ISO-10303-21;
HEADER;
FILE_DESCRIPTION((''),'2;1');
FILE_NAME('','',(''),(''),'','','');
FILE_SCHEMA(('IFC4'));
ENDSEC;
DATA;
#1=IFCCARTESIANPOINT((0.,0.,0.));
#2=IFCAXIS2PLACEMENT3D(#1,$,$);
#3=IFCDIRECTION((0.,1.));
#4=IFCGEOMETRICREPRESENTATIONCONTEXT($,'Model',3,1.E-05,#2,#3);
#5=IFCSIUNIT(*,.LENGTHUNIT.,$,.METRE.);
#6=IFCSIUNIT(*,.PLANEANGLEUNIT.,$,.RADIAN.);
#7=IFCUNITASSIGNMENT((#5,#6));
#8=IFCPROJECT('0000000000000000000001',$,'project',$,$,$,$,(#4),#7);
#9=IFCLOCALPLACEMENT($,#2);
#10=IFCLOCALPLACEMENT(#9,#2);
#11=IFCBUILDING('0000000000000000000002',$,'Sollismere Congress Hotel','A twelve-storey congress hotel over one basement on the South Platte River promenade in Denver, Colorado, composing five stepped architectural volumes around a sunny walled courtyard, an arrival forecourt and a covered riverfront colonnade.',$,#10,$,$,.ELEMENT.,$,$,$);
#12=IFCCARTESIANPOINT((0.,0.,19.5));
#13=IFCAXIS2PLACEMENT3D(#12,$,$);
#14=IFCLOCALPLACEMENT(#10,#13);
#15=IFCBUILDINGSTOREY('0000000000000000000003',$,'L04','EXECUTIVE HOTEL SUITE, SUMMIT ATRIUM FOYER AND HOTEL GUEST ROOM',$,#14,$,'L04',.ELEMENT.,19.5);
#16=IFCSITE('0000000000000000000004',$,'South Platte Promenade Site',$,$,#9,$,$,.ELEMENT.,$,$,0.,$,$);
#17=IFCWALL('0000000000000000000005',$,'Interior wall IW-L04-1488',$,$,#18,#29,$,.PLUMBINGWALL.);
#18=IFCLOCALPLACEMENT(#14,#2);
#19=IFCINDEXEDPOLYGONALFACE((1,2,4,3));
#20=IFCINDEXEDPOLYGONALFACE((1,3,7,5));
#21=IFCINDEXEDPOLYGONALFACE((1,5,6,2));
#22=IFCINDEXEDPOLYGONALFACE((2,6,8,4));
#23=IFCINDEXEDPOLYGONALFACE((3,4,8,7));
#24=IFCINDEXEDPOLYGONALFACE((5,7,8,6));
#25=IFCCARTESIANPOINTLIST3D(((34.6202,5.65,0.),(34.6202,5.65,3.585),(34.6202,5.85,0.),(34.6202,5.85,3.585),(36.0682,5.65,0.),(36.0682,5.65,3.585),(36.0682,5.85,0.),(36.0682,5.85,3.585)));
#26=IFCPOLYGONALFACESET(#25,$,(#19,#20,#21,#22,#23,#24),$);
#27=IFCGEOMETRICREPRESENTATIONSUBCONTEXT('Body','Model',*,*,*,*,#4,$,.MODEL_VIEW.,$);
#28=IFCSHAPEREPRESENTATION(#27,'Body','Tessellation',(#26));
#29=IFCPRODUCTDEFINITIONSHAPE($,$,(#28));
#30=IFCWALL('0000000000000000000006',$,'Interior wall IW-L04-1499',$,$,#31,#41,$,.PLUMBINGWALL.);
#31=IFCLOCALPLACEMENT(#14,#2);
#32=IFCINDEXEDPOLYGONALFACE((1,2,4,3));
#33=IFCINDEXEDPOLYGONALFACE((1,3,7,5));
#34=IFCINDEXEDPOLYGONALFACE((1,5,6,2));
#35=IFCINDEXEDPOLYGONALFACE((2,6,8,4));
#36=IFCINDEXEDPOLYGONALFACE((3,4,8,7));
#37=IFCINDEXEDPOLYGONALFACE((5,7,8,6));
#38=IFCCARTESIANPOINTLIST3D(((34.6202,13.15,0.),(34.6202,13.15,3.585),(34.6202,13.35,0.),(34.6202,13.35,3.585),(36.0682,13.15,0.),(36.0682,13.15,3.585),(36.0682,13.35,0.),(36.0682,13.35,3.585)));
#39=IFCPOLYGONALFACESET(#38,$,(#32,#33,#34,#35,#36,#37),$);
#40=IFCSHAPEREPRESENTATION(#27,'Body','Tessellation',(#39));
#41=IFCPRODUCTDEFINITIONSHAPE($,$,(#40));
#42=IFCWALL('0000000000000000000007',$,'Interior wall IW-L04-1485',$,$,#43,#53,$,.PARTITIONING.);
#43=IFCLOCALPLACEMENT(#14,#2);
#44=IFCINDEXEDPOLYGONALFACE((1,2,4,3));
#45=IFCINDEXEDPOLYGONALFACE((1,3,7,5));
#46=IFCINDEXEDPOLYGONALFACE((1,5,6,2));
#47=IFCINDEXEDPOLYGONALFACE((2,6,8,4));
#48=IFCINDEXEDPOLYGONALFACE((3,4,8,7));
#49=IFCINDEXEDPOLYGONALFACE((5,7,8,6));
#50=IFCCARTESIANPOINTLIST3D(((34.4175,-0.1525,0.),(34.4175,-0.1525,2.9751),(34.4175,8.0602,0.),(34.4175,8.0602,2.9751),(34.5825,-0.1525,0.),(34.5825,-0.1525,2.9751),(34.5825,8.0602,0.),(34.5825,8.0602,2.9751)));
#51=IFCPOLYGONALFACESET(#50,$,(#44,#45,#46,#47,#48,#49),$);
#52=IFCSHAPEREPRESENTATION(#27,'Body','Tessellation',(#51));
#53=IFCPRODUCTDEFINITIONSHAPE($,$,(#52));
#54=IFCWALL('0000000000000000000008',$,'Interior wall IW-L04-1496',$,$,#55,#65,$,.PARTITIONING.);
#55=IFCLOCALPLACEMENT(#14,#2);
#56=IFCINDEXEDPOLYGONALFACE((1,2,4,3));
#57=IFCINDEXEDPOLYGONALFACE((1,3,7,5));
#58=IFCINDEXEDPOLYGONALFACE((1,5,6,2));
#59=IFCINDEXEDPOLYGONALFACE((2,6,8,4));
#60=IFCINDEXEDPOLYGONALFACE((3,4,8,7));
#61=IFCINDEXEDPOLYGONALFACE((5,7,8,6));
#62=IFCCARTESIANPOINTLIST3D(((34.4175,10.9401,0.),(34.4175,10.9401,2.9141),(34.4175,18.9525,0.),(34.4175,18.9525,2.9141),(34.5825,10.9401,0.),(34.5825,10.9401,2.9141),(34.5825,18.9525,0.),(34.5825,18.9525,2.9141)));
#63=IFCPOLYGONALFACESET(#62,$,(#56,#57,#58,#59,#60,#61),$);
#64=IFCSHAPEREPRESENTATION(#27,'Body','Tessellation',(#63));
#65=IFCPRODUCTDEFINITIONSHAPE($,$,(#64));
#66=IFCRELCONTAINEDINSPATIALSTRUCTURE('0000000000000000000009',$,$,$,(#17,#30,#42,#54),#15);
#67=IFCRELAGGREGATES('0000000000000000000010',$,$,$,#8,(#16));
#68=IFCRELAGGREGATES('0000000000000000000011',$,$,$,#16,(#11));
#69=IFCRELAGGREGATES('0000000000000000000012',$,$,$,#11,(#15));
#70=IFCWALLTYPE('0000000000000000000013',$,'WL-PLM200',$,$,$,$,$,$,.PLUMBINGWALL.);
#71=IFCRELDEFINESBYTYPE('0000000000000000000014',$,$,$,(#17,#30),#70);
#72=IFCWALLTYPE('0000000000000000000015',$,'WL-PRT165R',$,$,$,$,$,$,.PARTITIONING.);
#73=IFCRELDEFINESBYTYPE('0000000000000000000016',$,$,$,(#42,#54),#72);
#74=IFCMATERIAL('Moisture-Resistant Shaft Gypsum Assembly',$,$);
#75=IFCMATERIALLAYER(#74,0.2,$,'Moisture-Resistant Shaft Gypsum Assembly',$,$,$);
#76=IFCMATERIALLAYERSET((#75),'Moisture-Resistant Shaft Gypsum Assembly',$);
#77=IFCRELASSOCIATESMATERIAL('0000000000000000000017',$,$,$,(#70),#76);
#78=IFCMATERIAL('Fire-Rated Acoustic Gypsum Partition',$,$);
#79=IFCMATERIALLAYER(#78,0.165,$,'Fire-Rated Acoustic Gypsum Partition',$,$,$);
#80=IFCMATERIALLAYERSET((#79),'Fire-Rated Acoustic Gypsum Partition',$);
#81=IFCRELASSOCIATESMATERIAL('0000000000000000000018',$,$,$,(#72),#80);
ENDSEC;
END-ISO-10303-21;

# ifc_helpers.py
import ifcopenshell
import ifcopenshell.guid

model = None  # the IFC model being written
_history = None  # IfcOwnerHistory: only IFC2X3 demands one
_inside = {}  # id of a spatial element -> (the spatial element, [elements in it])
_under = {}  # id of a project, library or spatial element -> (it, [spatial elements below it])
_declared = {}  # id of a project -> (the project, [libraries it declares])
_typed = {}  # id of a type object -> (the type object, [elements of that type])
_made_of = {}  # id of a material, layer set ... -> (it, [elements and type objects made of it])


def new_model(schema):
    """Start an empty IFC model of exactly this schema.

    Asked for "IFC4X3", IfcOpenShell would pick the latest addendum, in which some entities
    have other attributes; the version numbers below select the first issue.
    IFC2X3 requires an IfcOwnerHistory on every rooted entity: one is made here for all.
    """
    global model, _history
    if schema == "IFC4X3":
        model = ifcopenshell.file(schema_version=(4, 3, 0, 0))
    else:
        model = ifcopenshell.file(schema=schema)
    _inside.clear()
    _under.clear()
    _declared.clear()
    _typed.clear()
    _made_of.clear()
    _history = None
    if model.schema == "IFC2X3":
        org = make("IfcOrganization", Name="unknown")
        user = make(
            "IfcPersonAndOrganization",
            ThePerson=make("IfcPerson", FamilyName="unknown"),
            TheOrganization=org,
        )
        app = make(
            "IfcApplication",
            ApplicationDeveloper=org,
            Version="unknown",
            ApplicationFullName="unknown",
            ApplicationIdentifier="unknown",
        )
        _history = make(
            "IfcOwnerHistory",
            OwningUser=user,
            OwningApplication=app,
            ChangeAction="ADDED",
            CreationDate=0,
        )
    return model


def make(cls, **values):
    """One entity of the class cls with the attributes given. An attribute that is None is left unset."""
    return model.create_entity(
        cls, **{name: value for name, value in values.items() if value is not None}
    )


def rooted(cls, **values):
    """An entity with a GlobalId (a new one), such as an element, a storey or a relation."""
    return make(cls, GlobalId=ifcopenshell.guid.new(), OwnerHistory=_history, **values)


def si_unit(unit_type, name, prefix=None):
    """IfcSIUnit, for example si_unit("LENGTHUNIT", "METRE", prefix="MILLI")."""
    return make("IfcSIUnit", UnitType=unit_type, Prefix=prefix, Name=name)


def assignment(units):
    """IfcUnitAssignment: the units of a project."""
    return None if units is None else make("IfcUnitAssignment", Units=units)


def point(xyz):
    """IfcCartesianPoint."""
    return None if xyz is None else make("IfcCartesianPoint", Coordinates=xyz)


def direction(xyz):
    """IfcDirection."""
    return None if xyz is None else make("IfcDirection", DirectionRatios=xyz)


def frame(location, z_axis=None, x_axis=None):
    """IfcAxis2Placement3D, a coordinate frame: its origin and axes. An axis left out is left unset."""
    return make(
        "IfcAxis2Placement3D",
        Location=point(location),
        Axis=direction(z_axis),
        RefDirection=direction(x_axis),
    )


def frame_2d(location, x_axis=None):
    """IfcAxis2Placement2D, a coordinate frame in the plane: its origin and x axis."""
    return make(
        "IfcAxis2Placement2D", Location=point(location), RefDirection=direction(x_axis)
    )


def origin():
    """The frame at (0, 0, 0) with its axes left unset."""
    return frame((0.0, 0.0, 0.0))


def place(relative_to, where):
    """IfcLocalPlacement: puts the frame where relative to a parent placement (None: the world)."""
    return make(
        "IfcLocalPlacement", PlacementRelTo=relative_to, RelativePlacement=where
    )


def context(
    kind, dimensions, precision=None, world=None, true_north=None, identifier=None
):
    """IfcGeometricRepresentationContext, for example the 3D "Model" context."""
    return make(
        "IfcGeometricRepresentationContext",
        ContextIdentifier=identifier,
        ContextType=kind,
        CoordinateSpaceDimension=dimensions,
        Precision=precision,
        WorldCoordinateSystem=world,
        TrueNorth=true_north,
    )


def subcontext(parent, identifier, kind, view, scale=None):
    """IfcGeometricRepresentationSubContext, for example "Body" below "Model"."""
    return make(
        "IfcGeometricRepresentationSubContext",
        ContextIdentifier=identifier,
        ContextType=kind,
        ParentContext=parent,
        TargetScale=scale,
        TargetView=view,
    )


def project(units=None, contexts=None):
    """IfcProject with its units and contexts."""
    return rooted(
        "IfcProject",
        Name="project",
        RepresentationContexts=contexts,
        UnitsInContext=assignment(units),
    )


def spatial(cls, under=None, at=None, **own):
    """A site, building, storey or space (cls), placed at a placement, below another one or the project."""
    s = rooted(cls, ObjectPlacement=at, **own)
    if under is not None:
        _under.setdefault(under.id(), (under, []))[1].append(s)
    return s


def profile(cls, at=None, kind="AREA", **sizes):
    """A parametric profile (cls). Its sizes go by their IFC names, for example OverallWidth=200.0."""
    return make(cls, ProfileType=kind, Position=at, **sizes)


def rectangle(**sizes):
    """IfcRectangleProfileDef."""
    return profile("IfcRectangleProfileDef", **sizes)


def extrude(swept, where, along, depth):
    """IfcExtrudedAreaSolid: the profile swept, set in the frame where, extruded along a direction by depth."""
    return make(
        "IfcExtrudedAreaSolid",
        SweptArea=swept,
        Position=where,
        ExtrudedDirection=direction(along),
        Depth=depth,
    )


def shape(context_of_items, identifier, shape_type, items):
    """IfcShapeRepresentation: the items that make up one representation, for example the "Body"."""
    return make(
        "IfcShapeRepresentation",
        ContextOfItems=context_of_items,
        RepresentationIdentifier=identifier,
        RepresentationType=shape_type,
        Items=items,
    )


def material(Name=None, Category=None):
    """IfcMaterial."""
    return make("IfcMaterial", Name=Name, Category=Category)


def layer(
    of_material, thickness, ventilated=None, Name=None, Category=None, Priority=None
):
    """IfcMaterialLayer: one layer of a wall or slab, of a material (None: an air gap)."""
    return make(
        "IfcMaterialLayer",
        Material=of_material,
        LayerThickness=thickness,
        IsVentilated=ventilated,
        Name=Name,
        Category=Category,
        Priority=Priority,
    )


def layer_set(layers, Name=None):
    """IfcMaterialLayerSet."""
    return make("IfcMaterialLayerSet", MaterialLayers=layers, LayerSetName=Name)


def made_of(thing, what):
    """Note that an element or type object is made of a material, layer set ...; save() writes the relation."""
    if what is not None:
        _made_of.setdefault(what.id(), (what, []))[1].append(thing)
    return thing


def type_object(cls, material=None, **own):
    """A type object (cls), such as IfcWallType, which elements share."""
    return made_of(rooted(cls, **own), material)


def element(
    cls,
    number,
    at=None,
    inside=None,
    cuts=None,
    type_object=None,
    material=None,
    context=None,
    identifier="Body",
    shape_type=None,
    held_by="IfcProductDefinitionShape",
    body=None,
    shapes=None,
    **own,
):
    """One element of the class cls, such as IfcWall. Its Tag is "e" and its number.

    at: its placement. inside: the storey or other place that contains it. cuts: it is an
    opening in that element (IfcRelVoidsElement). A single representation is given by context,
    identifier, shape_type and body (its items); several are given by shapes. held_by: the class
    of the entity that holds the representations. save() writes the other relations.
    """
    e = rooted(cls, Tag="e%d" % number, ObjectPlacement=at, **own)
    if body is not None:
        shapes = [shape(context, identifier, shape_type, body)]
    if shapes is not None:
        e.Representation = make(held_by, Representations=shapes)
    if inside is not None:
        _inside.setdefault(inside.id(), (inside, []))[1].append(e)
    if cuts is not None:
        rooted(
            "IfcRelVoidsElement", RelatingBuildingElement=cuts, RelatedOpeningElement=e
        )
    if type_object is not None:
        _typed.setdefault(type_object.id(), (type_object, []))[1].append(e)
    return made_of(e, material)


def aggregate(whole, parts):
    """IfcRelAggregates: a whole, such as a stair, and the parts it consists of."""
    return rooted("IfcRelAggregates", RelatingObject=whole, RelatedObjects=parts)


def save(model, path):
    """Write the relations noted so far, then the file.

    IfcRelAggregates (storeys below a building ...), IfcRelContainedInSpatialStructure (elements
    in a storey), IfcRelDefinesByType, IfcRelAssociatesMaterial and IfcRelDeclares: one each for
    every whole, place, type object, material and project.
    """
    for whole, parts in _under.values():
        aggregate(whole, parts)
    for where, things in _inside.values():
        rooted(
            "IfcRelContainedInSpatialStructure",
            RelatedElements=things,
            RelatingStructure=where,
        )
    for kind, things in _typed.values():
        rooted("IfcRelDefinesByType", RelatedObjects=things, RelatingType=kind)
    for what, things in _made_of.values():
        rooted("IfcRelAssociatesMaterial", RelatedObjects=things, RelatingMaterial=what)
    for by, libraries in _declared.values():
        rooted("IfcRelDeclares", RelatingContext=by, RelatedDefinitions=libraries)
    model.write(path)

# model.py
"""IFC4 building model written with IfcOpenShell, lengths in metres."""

from ifc_helpers import new_model, si_unit, direction, frame, frame_2d, origin, place, context, subcontext, project, spatial, rectangle, extrude, material, layer, layer_set, type_object, element, save


model = new_model("IFC4")

# Units and contexts
model_context = context("Model", 3, precision=1e-05, world=origin(), true_north=direction((0.0, 1.0)))
body_context = subcontext(model_context, "Body", "Model", "MODEL_VIEW")
ifc_project = project(units=[si_unit("LENGTHUNIT", "METRE"), si_unit("PLANEANGLEUNIT", "RADIAN")], contexts=[model_context])

# Site, building, storey
site_placement = place(None, origin())
site = spatial("IfcSite", under=ifc_project, at=site_placement, Name="South Platte Promenade Site", CompositionType="ELEMENT", RefElevation=0.0)
building_placement = place(site_placement, origin())
building = spatial("IfcBuilding", under=site, at=building_placement, Name="Sollismere Congress Hotel", Description="A twelve-storey congress hotel over one basement on the South Platte River promenade in Denver, Colorado, composing five stepped architectural volumes around a sunny walled courtyard, an arrival forecourt and a covered riverfront colonnade.", CompositionType="ELEMENT")
storey_placement = place(building_placement, frame((0.0, 0.0, 19.5)))
storey = spatial("IfcBuildingStorey", under=building, at=storey_placement, Name="L04", Description="EXECUTIVE HOTEL SUITE, SUMMIT ATRIUM FOYER AND HOTEL GUEST ROOM", LongName="L04", CompositionType="ELEMENT", Elevation=19.5)

# Walls
ifc_material_1 = material(Name="Moisture-Resistant Shaft Gypsum Assembly")
ifc_layer_1 = layer(ifc_material_1, 0.2, Name="Moisture-Resistant Shaft Gypsum Assembly")
ifc_layer_set_1 = layer_set([ifc_layer_1], Name="Moisture-Resistant Shaft Gypsum Assembly")
wall_type_1 = type_object("IfcWallType", Name="WL-PLM200", PredefinedType="PLUMBINGWALL", material=ifc_layer_set_1)
for number, where, z_axis, x_axis, name in (
    (1, (34.6201, 5.75, 0.0), (0.0, 0.0, 1.0), (1.0, 0.0, 0.0), "Interior wall IW-L04-1488"),
    (2, (34.6201, 13.25, 0.0), (0.0, 0.0, 1.0), (1.0, 0.0, 0.0), "Interior wall IW-L04-1499"),
):
    element("IfcWall", number, at=place(storey_placement, frame(where, z_axis=z_axis, x_axis=x_axis)), inside=storey, type_object=wall_type_1, Name=name, PredefinedType="PLUMBINGWALL", context=body_context, shape_type="SweptSolid", body=[
        extrude(rectangle(XDim=1.448, YDim=0.2, at=frame_2d((0.7241, 0.0))), origin(), (0.0, 0.0, 1.0), 3.585),
    ])
ifc_material_2 = material(Name="Fire-Rated Acoustic Gypsum Partition")
ifc_layer_2 = layer(ifc_material_2, 0.165, Name="Fire-Rated Acoustic Gypsum Partition")
ifc_layer_set_2 = layer_set([ifc_layer_2], Name="Fire-Rated Acoustic Gypsum Partition")
wall_type_2 = type_object("IfcWallType", Name="WL-PRT165R", PredefinedType="PARTITIONING", material=ifc_layer_set_2)
wall_1_placement = place(storey_placement, frame((34.5, -0.1526, 0.0), z_axis=(0.0, 0.0, 1.0), x_axis=(0.0, 1.0, 0.0)))
element("IfcWall", 3, at=wall_1_placement, inside=storey, type_object=wall_type_2, Name="Interior wall IW-L04-1485", PredefinedType="PARTITIONING", context=body_context, shape_type="SweptSolid", body=[
    extrude(rectangle(XDim=8.2126, YDim=0.165, at=frame_2d((4.1064, 0.0))), origin(), (0.0, 0.0, 1.0), 2.9751),
])
wall_2_placement = place(storey_placement, frame((34.5, 10.9399, 0.0), z_axis=(0.0, 0.0, 1.0), x_axis=(0.0, 1.0, 0.0)))
element("IfcWall", 4, at=wall_2_placement, inside=storey, type_object=wall_type_2, Name="Interior wall IW-L04-1496", PredefinedType="PARTITIONING", context=body_context, shape_type="SweptSolid", body=[
    extrude(rectangle(XDim=8.0125, YDim=0.165, at=frame_2d((4.0063, 0.0))), origin(), (0.0, 0.0, 1.0), 2.9141),
])

save(model, "model.ifc")
